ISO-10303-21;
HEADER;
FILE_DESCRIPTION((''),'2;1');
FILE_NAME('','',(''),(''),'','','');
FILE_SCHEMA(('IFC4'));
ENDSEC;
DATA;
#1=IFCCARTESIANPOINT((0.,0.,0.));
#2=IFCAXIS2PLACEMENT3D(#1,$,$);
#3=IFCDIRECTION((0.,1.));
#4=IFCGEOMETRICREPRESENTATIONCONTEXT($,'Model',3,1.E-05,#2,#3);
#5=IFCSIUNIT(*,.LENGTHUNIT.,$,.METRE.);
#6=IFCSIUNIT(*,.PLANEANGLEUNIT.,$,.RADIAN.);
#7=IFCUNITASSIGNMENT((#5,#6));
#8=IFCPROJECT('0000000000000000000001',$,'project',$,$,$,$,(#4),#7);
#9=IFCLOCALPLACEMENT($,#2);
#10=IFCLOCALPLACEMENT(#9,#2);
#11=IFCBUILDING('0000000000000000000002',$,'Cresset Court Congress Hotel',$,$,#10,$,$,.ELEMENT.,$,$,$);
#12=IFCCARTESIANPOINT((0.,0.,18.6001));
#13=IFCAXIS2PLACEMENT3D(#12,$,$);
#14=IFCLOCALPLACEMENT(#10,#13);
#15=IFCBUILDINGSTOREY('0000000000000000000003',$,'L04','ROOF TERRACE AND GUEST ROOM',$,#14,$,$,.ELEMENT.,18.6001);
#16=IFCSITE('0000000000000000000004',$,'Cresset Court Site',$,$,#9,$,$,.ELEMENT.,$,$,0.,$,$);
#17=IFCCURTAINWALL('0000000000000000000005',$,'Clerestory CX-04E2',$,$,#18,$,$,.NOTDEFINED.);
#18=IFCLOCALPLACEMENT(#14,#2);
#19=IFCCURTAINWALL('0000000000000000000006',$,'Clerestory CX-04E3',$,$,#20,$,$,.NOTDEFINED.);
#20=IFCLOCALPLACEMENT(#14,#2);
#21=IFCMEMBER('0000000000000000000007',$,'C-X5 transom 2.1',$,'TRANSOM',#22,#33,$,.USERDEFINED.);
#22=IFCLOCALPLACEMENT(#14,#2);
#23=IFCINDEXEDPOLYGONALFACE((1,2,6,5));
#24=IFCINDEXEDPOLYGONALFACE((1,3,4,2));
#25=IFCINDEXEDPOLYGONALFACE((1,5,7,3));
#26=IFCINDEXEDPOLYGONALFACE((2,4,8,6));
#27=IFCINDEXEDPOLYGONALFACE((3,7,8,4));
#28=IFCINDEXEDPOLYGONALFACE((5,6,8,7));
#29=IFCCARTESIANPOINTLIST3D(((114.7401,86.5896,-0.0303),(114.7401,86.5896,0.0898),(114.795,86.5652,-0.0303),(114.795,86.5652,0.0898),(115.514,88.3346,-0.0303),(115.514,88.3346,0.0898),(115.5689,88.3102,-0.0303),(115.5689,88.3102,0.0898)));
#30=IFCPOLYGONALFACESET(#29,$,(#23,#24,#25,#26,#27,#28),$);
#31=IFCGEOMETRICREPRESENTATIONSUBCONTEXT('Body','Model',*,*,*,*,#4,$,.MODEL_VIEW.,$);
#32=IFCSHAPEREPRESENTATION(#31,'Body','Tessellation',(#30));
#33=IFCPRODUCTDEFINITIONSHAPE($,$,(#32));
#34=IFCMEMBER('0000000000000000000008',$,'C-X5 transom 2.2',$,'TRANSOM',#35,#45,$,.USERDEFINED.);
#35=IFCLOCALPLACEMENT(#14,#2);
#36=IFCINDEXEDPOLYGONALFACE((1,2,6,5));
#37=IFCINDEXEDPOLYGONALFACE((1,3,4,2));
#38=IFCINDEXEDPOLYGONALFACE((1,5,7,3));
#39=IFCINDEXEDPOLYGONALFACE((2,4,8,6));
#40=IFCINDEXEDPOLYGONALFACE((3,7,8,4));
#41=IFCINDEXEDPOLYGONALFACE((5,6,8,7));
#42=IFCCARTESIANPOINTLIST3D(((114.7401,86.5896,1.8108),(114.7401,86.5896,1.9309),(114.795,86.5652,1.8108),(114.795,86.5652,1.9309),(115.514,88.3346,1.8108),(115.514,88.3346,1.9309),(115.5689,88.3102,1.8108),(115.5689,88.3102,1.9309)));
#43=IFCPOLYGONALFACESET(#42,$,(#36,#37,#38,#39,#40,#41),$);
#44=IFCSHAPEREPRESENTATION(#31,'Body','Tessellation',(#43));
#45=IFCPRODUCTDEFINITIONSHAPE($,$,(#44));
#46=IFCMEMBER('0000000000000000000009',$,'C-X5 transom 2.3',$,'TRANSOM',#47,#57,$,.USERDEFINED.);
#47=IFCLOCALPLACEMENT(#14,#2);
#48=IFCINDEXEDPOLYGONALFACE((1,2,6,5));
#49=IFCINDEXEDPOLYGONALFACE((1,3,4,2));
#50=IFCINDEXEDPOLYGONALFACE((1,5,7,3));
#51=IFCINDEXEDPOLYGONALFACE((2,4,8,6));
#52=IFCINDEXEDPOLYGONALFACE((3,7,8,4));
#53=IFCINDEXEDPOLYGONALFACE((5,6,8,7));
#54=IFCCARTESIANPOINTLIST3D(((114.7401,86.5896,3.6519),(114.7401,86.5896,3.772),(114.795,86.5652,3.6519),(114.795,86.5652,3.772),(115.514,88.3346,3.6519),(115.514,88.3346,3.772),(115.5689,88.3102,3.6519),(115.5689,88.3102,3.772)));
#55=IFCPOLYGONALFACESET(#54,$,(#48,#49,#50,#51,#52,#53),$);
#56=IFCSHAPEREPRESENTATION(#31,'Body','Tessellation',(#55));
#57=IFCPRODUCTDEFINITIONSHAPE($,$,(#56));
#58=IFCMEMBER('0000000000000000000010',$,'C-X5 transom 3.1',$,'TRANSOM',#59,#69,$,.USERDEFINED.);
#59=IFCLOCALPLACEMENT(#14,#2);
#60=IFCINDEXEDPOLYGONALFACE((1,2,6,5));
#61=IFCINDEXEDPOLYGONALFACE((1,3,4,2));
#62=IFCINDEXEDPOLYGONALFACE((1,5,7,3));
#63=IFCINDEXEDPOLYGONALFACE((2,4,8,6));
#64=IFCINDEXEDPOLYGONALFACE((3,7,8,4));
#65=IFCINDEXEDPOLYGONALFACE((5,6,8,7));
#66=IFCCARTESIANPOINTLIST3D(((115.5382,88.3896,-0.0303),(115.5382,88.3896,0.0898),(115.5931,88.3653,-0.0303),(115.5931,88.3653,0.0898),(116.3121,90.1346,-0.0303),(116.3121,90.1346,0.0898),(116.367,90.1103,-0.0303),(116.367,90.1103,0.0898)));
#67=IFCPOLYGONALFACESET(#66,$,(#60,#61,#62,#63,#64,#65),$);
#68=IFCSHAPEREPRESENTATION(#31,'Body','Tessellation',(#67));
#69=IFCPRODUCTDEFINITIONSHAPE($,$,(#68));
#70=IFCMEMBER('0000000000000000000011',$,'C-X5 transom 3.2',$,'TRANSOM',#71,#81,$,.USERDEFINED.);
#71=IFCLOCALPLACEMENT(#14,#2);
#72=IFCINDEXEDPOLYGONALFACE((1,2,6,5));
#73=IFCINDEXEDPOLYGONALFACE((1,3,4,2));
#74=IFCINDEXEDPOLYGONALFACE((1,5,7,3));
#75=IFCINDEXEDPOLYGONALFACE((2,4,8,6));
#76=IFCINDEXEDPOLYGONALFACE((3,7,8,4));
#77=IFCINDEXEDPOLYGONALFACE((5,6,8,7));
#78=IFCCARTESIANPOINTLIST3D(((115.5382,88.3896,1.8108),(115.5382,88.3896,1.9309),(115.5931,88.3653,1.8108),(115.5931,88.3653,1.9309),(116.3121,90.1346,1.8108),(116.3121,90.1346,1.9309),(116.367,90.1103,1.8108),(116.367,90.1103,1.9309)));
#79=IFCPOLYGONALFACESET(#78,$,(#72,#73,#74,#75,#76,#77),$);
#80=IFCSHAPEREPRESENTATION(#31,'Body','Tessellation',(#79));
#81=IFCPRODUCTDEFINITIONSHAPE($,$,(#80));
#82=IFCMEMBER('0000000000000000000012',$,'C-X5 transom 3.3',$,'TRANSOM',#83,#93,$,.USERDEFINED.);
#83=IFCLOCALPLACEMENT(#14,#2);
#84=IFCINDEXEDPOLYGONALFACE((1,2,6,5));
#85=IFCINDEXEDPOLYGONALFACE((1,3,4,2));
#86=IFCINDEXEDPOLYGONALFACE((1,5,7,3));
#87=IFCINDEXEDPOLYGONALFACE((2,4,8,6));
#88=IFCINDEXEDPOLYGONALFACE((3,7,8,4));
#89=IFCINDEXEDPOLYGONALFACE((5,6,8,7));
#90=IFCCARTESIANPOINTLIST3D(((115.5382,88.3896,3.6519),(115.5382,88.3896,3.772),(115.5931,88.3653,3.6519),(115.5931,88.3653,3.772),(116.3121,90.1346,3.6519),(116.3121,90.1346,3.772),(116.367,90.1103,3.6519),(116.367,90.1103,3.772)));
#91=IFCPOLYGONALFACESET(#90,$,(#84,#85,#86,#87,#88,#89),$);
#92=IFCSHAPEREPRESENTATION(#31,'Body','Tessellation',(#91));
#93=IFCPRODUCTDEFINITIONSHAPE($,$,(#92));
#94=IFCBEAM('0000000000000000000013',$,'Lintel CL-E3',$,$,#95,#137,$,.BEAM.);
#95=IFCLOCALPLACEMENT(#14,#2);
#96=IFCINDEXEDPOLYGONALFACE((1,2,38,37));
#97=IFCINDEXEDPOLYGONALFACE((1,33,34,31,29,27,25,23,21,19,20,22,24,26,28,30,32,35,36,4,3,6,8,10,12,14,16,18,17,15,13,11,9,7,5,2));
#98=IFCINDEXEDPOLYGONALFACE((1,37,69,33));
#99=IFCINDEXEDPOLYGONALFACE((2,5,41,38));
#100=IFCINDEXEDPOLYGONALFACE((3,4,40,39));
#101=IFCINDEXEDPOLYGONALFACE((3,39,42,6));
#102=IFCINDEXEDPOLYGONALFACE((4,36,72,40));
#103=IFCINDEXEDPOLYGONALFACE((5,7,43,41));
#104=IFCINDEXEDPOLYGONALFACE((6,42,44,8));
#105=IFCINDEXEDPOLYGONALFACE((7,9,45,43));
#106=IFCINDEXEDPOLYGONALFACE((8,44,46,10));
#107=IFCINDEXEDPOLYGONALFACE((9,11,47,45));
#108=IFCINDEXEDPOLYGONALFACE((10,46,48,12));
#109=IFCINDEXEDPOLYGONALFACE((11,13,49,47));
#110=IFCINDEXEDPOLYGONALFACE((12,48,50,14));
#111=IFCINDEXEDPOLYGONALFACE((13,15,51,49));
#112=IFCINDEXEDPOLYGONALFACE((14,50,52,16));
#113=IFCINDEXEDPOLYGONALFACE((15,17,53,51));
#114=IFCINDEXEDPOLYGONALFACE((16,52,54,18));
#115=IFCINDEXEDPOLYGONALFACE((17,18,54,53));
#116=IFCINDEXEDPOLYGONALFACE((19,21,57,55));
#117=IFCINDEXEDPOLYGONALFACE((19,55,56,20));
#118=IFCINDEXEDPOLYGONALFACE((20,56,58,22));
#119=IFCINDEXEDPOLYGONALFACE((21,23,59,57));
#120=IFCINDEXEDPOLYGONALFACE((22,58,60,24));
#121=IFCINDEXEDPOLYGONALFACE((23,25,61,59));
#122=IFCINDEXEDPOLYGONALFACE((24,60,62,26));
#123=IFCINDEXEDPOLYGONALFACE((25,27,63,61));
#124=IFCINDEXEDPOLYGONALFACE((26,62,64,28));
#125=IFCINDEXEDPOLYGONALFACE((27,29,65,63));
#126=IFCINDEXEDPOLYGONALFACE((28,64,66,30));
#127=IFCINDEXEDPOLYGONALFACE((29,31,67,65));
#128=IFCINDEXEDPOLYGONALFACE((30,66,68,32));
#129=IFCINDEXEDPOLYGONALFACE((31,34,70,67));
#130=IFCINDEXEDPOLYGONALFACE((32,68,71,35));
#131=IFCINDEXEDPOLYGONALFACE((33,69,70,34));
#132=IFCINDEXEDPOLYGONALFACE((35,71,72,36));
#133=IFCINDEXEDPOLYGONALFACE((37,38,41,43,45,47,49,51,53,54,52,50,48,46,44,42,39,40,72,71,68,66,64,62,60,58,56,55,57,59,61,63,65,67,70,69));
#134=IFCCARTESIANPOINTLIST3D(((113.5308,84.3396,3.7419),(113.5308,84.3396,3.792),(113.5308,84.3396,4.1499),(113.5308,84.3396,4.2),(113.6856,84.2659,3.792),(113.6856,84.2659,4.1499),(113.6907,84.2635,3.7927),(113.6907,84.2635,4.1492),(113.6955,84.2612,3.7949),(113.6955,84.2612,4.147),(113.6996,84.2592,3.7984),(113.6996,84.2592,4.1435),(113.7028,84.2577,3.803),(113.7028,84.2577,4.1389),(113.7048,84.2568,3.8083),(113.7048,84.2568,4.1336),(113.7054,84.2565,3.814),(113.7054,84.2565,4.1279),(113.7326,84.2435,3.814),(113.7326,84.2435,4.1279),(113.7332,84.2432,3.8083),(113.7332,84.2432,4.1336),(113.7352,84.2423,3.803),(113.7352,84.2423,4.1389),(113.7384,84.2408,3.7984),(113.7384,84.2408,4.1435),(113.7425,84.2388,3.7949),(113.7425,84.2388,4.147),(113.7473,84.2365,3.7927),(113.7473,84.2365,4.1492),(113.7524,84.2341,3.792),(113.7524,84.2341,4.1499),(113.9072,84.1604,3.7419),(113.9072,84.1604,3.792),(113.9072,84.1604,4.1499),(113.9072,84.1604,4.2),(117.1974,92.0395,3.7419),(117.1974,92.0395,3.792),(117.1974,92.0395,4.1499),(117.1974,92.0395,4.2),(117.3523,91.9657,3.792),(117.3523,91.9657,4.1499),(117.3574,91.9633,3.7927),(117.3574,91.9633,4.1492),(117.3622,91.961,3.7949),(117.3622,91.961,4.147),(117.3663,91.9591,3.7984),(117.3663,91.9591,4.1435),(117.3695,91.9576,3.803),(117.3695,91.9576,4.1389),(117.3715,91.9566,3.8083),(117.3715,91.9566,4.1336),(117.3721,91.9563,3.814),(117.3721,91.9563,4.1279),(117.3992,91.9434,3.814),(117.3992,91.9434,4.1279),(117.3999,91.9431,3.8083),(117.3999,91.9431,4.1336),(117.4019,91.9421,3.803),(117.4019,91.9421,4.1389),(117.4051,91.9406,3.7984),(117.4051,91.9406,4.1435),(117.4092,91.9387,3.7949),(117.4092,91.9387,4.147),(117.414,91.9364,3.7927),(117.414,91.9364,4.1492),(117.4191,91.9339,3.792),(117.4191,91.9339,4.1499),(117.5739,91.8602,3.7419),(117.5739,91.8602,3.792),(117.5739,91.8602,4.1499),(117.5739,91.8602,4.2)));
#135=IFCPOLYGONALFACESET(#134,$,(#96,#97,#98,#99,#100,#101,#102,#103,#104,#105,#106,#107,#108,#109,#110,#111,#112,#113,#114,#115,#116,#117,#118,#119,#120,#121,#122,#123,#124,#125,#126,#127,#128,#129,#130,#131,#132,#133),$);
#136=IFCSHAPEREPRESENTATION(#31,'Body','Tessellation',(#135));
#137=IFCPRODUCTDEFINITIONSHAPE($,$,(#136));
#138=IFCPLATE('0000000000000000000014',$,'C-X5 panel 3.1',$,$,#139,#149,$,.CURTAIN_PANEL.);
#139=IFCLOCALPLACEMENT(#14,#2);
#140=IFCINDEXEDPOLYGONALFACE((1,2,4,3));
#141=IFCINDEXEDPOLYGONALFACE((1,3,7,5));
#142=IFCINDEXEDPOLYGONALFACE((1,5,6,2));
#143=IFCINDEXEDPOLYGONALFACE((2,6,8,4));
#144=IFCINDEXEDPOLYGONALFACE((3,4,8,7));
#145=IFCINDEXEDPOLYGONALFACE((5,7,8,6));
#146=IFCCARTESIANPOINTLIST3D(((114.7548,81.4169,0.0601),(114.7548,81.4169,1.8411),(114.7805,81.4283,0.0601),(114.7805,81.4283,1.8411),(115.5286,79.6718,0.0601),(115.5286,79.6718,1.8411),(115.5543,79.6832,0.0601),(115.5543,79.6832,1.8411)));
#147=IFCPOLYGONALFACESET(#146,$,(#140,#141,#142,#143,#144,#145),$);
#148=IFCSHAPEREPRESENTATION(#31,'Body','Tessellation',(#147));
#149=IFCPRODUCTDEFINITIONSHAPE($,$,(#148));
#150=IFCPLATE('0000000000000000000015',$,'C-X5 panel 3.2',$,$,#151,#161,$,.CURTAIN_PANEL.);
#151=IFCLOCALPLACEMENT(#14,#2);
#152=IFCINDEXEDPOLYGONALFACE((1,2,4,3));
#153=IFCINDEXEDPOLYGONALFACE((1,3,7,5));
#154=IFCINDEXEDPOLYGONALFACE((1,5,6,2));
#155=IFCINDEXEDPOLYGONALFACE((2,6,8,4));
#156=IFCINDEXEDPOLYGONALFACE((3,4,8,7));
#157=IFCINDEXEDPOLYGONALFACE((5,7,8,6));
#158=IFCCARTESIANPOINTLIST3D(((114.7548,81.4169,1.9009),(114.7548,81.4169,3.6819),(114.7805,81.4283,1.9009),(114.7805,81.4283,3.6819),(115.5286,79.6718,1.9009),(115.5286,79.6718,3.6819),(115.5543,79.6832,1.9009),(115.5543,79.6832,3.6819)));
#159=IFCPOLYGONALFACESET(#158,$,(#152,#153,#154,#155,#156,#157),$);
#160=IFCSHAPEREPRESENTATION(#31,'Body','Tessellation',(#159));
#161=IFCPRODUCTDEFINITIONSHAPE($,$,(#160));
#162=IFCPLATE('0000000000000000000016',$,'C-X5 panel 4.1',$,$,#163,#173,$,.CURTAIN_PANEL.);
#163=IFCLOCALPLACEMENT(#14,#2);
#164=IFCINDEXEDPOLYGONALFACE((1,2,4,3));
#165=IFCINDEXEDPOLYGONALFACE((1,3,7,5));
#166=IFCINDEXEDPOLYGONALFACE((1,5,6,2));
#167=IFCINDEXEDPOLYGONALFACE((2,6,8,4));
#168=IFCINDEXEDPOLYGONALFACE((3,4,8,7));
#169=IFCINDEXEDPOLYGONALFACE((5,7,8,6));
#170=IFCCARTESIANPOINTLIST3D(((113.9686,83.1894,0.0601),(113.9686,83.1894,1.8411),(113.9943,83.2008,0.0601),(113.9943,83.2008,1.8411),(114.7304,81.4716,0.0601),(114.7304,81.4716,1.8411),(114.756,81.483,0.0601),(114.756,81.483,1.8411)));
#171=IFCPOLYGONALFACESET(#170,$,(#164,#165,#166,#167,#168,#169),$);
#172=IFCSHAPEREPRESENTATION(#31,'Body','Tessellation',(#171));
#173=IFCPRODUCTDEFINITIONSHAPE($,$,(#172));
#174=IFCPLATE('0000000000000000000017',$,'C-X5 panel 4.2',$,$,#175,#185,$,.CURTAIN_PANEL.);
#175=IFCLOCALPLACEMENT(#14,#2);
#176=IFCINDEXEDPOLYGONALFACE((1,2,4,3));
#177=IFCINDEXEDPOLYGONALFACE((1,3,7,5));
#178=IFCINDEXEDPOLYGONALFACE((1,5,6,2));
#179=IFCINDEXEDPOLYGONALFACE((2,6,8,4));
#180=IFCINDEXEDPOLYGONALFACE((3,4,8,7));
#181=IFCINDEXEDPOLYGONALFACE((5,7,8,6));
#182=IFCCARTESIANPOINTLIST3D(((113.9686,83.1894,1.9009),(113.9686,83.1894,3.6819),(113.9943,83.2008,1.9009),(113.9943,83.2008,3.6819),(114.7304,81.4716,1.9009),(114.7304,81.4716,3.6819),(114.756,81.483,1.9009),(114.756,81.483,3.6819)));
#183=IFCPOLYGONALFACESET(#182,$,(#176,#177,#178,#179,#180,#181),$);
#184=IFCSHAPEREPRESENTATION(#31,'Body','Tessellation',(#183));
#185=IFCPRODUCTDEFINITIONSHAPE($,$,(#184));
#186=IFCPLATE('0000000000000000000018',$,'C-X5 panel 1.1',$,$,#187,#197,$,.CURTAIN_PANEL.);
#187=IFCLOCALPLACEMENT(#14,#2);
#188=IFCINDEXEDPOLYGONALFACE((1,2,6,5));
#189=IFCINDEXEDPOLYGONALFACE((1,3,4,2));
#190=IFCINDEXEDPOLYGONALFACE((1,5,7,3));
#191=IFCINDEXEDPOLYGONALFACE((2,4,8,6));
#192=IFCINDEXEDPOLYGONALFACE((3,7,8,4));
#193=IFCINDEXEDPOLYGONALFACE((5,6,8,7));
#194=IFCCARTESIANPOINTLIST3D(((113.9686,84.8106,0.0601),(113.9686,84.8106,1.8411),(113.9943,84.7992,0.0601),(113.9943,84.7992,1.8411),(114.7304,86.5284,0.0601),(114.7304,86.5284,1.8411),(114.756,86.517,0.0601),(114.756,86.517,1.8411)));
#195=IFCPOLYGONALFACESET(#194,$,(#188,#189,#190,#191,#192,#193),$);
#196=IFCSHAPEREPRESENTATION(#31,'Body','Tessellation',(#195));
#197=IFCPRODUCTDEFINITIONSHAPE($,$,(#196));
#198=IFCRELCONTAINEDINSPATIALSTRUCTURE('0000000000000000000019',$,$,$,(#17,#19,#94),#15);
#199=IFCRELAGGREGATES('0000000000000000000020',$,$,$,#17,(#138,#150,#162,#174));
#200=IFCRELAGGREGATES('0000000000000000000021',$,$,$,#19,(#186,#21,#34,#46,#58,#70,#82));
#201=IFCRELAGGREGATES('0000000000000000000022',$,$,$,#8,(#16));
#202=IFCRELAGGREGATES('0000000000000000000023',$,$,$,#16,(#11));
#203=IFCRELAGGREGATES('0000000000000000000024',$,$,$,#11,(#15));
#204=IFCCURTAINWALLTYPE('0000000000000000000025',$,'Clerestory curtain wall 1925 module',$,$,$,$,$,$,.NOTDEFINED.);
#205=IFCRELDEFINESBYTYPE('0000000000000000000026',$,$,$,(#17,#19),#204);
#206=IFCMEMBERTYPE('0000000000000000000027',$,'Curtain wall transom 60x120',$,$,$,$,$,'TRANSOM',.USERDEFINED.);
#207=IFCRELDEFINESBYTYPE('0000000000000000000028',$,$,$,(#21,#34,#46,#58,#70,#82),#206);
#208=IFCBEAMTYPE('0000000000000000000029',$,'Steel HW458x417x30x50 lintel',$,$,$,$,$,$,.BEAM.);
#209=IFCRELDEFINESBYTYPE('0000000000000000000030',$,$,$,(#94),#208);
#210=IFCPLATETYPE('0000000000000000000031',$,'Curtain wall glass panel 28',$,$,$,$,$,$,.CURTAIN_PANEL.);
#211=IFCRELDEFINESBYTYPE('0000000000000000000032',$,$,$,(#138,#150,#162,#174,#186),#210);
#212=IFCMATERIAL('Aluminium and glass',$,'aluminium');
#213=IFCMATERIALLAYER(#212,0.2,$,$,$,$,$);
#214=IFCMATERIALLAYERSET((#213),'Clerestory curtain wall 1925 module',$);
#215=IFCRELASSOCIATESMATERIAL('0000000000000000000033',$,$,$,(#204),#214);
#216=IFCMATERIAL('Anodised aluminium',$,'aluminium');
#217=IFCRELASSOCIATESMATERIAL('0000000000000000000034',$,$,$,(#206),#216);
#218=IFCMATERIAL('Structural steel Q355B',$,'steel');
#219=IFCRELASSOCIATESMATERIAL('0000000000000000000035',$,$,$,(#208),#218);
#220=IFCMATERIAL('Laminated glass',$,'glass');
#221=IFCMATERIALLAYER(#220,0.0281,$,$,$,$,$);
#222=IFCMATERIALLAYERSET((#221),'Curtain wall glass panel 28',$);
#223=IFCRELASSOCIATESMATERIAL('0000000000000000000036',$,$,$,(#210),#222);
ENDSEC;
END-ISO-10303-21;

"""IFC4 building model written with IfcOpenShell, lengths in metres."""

from ifc_helpers import new_model, si_unit, direction, frame, origin, origin_2d, place, context, subcontext, project, spatial, rectangle, i_section, extrude, material, layer, layer_set, material_profile, profile_set, type_object, element, aggregate, save


model = new_model("IFC4")

# Units and contexts
model_context = context("Model", 3, precision=1e-05, world=origin(), true_north=direction((0.0, 1.0)))
body_context = subcontext(model_context, "Body", "Model", "MODEL_VIEW")
ifc_project = project(units=[si_unit("LENGTHUNIT", "METRE"), si_unit("PLANEANGLEUNIT", "RADIAN")], contexts=[model_context])

# Site, building, storey
site_placement = place(None, origin())
site = spatial("IfcSite", under=ifc_project, at=site_placement, Name="Cresset Court Site", CompositionType="ELEMENT", RefElevation=0.0)
building_placement = place(site_placement, origin())
building = spatial("IfcBuilding", under=site, at=building_placement, Name="Cresset Court Congress Hotel", CompositionType="ELEMENT")
storey_placement = place(building_placement, frame((0.0, 0.0, 18.6001)))
storey = spatial("IfcBuildingStorey", under=building, at=storey_placement, Name="L04", Description="ROOF TERRACE AND GUEST ROOM", CompositionType="ELEMENT", Elevation=18.6001)

# Curtain walls
ifc_material_1 = material(Name="Aluminium and glass", Category="aluminium")
ifc_layer_1 = layer(ifc_material_1, 0.2)
ifc_layer_set_1 = layer_set([ifc_layer_1], Name="Clerestory curtain wall 1925 module")
curtain_wall_type = type_object("IfcCurtainWallType", Name="Clerestory curtain wall 1925 module", PredefinedType="NOTDEFINED", material=ifc_layer_set_1)
curtain_wall_1_placement = place(storey_placement, origin())
curtain_wall_1 = element("IfcCurtainWall", 1, at=curtain_wall_1_placement, inside=storey, type_object=curtain_wall_type, Name="Clerestory CX-04E2", PredefinedType="NOTDEFINED")
curtain_wall_2_placement = place(storey_placement, origin())
curtain_wall_2 = element("IfcCurtainWall", 2, at=curtain_wall_2_placement, inside=storey, type_object=curtain_wall_type, Name="Clerestory CX-04E3", PredefinedType="NOTDEFINED")

# Members
ifc_material_2 = material(Name="Anodised aluminium", Category="aluminium")
ifc_material_profile_1 = material_profile(ifc_material_2, rectangle(XDim=0.0601, YDim=0.1201, at=origin_2d()), Name="AL60x120")
ifc_profile_set_1 = profile_set([ifc_material_profile_1], Name="Anodised aluminium")
member_type_1 = type_object("IfcMemberType", Name="Curtain wall transom 60x120", ElementType="TRANSOM", PredefinedType="USERDEFINED", material=ifc_profile_set_1)
member_1_placement = place(storey_placement, frame((114.7676, 86.5774, 0.0298), z_axis=(0.405403, 0.914138, 0.0), x_axis=(-0.914138, 0.405403, 0.0)))
member_1 = element("IfcMember", 3, at=member_1_placement, type_object=member_type_1, Name="C-X5 transom 2.1", ObjectType="TRANSOM", PredefinedType="USERDEFINED", context=body_context, shape_type="SweptSolid", body=[
    extrude(rectangle(XDim=0.0601, YDim=0.1201, at=origin_2d()), origin(), (0.0, 0.0, 1.0), 1.9089),
])
member_2_placement = place(storey_placement, frame((114.7676, 86.5774, 1.8708), z_axis=(0.405403, 0.914138, 0.0), x_axis=(-0.914138, 0.405403, 0.0)))
member_2 = element("IfcMember", 4, at=member_2_placement, type_object=member_type_1, Name="C-X5 transom 2.2", ObjectType="TRANSOM", PredefinedType="USERDEFINED", context=body_context, shape_type="SweptSolid", body=[
    extrude(rectangle(XDim=0.0601, YDim=0.1201, at=origin_2d()), origin(), (0.0, 0.0, 1.0), 1.9089),
])
member_3_placement = place(storey_placement, frame((114.7676, 86.5774, 3.7119), z_axis=(0.405403, 0.914138, 0.0), x_axis=(-0.914138, 0.405403, 0.0)))
member_3 = element("IfcMember", 5, at=member_3_placement, type_object=member_type_1, Name="C-X5 transom 2.3", ObjectType="TRANSOM", PredefinedType="USERDEFINED", context=body_context, shape_type="SweptSolid", body=[
    extrude(rectangle(XDim=0.0601, YDim=0.1201, at=origin_2d()), origin(), (0.0, 0.0, 1.0), 1.9089),
])
member_4_placement = place(storey_placement, frame((115.5657, 88.3774, 0.0298), z_axis=(0.405403, 0.914138, 0.0), x_axis=(-0.914138, 0.405403, 0.0)))
member_4 = element("IfcMember", 6, at=member_4_placement, type_object=member_type_1, Name="C-X5 transom 3.1", ObjectType="TRANSOM", PredefinedType="USERDEFINED", context=body_context, shape_type="SweptSolid", body=[
    extrude(rectangle(XDim=0.0601, YDim=0.1201, at=origin_2d()), origin(), (0.0, 0.0, 1.0), 1.9089),
])
member_5_placement = place(storey_placement, frame((115.5657, 88.3774, 1.8708), z_axis=(0.405403, 0.914138, 0.0), x_axis=(-0.914138, 0.405403, 0.0)))
member_5 = element("IfcMember", 7, at=member_5_placement, type_object=member_type_1, Name="C-X5 transom 3.2", ObjectType="TRANSOM", PredefinedType="USERDEFINED", context=body_context, shape_type="SweptSolid", body=[
    extrude(rectangle(XDim=0.0601, YDim=0.1201, at=origin_2d()), origin(), (0.0, 0.0, 1.0), 1.9089),
])
member_6_placement = place(storey_placement, frame((115.5657, 88.3774, 3.7119), z_axis=(0.405403, 0.914138, 0.0), x_axis=(-0.914138, 0.405403, 0.0)))
member_6 = element("IfcMember", 8, at=member_6_placement, type_object=member_type_1, Name="C-X5 transom 3.3", ObjectType="TRANSOM", PredefinedType="USERDEFINED", context=body_context, shape_type="SweptSolid", body=[
    extrude(rectangle(XDim=0.0601, YDim=0.1201, at=origin_2d()), origin(), (0.0, 0.0, 1.0), 1.9089),
])

# Beam
ifc_material_3 = material(Name="Structural steel Q355B", Category="steel")
ifc_material_profile_2 = material_profile(ifc_material_3, i_section(OverallWidth=0.417, OverallDepth=0.458, WebThickness=0.03, FlangeThickness=0.05, FilletRadius=0.022, at=origin_2d()), Name="HW458x417x30x50")
ifc_profile_set_2 = profile_set([ifc_material_profile_2], Name="Structural steel Q355B")
beam_type = type_object("IfcBeamType", Name="Steel HW458x417x30x50 lintel", PredefinedType="BEAM", material=ifc_profile_set_2)
beam_placement = place(storey_placement, frame((113.719, 84.25, 3.9709), z_axis=(0.429944, 0.902856, 0.0), x_axis=(-0.902856, 0.429944, 0.0)))
element("IfcBeam", 9, at=beam_placement, inside=storey, type_object=beam_type, Name="Lintel CL-E3", PredefinedType="BEAM", context=body_context, shape_type="SweptSolid", body=[
    extrude(i_section(OverallWidth=0.417, OverallDepth=0.458, WebThickness=0.03, FlangeThickness=0.05, FilletRadius=0.022, at=origin_2d()), origin(), (0.0, 0.0, 1.0), 8.5283),
])

# Plates
ifc_material_4 = material(Name="Laminated glass", Category="glass")
ifc_layer_2 = layer(ifc_material_4, 0.0281)
ifc_layer_set_2 = layer_set([ifc_layer_2], Name="Curtain wall glass panel 28")
plate_type = type_object("IfcPlateType", Name="Curtain wall glass panel 28", PredefinedType="CURTAIN_PANEL", material=ifc_layer_set_2)
plate_1_placement = place(storey_placement, frame((115.1545, 80.55, 0.0601), z_axis=(0.0, 0.0, 1.0), x_axis=(-0.405381, 0.914148, 0.0)))
plate_1 = element("IfcPlate", 10, at=plate_1_placement, type_object=plate_type, Name="C-X5 panel 3.1", PredefinedType="CURTAIN_PANEL", context=body_context, shape_type="SweptSolid", body=[
    extrude(rectangle(XDim=1.9089, YDim=0.0281, at=origin_2d()), origin(), (0.0, 0.0, 1.0), 1.781),
])
plate_2_placement = place(storey_placement, frame((115.1545, 80.55, 1.9009), z_axis=(0.0, 0.0, 1.0), x_axis=(-0.405381, 0.914148, 0.0)))
plate_2 = element("IfcPlate", 11, at=plate_2_placement, type_object=plate_type, Name="C-X5 panel 3.2", PredefinedType="CURTAIN_PANEL", context=body_context, shape_type="SweptSolid", body=[
    extrude(rectangle(XDim=1.9089, YDim=0.0281, at=origin_2d()), origin(), (0.0, 0.0, 1.0), 1.781),
])
plate_3_placement = place(storey_placement, frame((114.3623, 82.3362, 0.0601), z_axis=(0.0, 0.0, 1.0), x_axis=(-0.405381, 0.914148, 0.0)))
plate_3 = element("IfcPlate", 12, at=plate_3_placement, type_object=plate_type, Name="C-X5 panel 4.1", PredefinedType="CURTAIN_PANEL", context=body_context, shape_type="SweptSolid", body=[
    extrude(rectangle(XDim=1.8792, YDim=0.0281, at=origin_2d()), origin(), (0.0, 0.0, 1.0), 1.781),
])
plate_4_placement = place(storey_placement, frame((114.3623, 82.3362, 1.9009), z_axis=(0.0, 0.0, 1.0), x_axis=(-0.405381, 0.914148, 0.0)))
plate_4 = element("IfcPlate", 13, at=plate_4_placement, type_object=plate_type, Name="C-X5 panel 4.2", PredefinedType="CURTAIN_PANEL", context=body_context, shape_type="SweptSolid", body=[
    extrude(rectangle(XDim=1.8792, YDim=0.0281, at=origin_2d()), origin(), (0.0, 0.0, 1.0), 1.781),
])
aggregate(curtain_wall_1, [plate_1, plate_2, plate_3, plate_4])
plate_5_placement = place(storey_placement, frame((114.3623, 85.6638, 0.0601), z_axis=(0.0, 0.0, 1.0), x_axis=(0.405381, 0.914148, 0.0)))
plate_5 = element("IfcPlate", 14, at=plate_5_placement, type_object=plate_type, Name="C-X5 panel 1.1", PredefinedType="CURTAIN_PANEL", context=body_context, shape_type="SweptSolid", body=[
    extrude(rectangle(XDim=1.8792, YDim=0.0281, at=origin_2d()), origin(), (0.0, 0.0, 1.0), 1.781),
])
aggregate(curtain_wall_2, [plate_5, member_1, member_2, member_3, member_4, member_5, member_6])

save(model, "model.ifc")
